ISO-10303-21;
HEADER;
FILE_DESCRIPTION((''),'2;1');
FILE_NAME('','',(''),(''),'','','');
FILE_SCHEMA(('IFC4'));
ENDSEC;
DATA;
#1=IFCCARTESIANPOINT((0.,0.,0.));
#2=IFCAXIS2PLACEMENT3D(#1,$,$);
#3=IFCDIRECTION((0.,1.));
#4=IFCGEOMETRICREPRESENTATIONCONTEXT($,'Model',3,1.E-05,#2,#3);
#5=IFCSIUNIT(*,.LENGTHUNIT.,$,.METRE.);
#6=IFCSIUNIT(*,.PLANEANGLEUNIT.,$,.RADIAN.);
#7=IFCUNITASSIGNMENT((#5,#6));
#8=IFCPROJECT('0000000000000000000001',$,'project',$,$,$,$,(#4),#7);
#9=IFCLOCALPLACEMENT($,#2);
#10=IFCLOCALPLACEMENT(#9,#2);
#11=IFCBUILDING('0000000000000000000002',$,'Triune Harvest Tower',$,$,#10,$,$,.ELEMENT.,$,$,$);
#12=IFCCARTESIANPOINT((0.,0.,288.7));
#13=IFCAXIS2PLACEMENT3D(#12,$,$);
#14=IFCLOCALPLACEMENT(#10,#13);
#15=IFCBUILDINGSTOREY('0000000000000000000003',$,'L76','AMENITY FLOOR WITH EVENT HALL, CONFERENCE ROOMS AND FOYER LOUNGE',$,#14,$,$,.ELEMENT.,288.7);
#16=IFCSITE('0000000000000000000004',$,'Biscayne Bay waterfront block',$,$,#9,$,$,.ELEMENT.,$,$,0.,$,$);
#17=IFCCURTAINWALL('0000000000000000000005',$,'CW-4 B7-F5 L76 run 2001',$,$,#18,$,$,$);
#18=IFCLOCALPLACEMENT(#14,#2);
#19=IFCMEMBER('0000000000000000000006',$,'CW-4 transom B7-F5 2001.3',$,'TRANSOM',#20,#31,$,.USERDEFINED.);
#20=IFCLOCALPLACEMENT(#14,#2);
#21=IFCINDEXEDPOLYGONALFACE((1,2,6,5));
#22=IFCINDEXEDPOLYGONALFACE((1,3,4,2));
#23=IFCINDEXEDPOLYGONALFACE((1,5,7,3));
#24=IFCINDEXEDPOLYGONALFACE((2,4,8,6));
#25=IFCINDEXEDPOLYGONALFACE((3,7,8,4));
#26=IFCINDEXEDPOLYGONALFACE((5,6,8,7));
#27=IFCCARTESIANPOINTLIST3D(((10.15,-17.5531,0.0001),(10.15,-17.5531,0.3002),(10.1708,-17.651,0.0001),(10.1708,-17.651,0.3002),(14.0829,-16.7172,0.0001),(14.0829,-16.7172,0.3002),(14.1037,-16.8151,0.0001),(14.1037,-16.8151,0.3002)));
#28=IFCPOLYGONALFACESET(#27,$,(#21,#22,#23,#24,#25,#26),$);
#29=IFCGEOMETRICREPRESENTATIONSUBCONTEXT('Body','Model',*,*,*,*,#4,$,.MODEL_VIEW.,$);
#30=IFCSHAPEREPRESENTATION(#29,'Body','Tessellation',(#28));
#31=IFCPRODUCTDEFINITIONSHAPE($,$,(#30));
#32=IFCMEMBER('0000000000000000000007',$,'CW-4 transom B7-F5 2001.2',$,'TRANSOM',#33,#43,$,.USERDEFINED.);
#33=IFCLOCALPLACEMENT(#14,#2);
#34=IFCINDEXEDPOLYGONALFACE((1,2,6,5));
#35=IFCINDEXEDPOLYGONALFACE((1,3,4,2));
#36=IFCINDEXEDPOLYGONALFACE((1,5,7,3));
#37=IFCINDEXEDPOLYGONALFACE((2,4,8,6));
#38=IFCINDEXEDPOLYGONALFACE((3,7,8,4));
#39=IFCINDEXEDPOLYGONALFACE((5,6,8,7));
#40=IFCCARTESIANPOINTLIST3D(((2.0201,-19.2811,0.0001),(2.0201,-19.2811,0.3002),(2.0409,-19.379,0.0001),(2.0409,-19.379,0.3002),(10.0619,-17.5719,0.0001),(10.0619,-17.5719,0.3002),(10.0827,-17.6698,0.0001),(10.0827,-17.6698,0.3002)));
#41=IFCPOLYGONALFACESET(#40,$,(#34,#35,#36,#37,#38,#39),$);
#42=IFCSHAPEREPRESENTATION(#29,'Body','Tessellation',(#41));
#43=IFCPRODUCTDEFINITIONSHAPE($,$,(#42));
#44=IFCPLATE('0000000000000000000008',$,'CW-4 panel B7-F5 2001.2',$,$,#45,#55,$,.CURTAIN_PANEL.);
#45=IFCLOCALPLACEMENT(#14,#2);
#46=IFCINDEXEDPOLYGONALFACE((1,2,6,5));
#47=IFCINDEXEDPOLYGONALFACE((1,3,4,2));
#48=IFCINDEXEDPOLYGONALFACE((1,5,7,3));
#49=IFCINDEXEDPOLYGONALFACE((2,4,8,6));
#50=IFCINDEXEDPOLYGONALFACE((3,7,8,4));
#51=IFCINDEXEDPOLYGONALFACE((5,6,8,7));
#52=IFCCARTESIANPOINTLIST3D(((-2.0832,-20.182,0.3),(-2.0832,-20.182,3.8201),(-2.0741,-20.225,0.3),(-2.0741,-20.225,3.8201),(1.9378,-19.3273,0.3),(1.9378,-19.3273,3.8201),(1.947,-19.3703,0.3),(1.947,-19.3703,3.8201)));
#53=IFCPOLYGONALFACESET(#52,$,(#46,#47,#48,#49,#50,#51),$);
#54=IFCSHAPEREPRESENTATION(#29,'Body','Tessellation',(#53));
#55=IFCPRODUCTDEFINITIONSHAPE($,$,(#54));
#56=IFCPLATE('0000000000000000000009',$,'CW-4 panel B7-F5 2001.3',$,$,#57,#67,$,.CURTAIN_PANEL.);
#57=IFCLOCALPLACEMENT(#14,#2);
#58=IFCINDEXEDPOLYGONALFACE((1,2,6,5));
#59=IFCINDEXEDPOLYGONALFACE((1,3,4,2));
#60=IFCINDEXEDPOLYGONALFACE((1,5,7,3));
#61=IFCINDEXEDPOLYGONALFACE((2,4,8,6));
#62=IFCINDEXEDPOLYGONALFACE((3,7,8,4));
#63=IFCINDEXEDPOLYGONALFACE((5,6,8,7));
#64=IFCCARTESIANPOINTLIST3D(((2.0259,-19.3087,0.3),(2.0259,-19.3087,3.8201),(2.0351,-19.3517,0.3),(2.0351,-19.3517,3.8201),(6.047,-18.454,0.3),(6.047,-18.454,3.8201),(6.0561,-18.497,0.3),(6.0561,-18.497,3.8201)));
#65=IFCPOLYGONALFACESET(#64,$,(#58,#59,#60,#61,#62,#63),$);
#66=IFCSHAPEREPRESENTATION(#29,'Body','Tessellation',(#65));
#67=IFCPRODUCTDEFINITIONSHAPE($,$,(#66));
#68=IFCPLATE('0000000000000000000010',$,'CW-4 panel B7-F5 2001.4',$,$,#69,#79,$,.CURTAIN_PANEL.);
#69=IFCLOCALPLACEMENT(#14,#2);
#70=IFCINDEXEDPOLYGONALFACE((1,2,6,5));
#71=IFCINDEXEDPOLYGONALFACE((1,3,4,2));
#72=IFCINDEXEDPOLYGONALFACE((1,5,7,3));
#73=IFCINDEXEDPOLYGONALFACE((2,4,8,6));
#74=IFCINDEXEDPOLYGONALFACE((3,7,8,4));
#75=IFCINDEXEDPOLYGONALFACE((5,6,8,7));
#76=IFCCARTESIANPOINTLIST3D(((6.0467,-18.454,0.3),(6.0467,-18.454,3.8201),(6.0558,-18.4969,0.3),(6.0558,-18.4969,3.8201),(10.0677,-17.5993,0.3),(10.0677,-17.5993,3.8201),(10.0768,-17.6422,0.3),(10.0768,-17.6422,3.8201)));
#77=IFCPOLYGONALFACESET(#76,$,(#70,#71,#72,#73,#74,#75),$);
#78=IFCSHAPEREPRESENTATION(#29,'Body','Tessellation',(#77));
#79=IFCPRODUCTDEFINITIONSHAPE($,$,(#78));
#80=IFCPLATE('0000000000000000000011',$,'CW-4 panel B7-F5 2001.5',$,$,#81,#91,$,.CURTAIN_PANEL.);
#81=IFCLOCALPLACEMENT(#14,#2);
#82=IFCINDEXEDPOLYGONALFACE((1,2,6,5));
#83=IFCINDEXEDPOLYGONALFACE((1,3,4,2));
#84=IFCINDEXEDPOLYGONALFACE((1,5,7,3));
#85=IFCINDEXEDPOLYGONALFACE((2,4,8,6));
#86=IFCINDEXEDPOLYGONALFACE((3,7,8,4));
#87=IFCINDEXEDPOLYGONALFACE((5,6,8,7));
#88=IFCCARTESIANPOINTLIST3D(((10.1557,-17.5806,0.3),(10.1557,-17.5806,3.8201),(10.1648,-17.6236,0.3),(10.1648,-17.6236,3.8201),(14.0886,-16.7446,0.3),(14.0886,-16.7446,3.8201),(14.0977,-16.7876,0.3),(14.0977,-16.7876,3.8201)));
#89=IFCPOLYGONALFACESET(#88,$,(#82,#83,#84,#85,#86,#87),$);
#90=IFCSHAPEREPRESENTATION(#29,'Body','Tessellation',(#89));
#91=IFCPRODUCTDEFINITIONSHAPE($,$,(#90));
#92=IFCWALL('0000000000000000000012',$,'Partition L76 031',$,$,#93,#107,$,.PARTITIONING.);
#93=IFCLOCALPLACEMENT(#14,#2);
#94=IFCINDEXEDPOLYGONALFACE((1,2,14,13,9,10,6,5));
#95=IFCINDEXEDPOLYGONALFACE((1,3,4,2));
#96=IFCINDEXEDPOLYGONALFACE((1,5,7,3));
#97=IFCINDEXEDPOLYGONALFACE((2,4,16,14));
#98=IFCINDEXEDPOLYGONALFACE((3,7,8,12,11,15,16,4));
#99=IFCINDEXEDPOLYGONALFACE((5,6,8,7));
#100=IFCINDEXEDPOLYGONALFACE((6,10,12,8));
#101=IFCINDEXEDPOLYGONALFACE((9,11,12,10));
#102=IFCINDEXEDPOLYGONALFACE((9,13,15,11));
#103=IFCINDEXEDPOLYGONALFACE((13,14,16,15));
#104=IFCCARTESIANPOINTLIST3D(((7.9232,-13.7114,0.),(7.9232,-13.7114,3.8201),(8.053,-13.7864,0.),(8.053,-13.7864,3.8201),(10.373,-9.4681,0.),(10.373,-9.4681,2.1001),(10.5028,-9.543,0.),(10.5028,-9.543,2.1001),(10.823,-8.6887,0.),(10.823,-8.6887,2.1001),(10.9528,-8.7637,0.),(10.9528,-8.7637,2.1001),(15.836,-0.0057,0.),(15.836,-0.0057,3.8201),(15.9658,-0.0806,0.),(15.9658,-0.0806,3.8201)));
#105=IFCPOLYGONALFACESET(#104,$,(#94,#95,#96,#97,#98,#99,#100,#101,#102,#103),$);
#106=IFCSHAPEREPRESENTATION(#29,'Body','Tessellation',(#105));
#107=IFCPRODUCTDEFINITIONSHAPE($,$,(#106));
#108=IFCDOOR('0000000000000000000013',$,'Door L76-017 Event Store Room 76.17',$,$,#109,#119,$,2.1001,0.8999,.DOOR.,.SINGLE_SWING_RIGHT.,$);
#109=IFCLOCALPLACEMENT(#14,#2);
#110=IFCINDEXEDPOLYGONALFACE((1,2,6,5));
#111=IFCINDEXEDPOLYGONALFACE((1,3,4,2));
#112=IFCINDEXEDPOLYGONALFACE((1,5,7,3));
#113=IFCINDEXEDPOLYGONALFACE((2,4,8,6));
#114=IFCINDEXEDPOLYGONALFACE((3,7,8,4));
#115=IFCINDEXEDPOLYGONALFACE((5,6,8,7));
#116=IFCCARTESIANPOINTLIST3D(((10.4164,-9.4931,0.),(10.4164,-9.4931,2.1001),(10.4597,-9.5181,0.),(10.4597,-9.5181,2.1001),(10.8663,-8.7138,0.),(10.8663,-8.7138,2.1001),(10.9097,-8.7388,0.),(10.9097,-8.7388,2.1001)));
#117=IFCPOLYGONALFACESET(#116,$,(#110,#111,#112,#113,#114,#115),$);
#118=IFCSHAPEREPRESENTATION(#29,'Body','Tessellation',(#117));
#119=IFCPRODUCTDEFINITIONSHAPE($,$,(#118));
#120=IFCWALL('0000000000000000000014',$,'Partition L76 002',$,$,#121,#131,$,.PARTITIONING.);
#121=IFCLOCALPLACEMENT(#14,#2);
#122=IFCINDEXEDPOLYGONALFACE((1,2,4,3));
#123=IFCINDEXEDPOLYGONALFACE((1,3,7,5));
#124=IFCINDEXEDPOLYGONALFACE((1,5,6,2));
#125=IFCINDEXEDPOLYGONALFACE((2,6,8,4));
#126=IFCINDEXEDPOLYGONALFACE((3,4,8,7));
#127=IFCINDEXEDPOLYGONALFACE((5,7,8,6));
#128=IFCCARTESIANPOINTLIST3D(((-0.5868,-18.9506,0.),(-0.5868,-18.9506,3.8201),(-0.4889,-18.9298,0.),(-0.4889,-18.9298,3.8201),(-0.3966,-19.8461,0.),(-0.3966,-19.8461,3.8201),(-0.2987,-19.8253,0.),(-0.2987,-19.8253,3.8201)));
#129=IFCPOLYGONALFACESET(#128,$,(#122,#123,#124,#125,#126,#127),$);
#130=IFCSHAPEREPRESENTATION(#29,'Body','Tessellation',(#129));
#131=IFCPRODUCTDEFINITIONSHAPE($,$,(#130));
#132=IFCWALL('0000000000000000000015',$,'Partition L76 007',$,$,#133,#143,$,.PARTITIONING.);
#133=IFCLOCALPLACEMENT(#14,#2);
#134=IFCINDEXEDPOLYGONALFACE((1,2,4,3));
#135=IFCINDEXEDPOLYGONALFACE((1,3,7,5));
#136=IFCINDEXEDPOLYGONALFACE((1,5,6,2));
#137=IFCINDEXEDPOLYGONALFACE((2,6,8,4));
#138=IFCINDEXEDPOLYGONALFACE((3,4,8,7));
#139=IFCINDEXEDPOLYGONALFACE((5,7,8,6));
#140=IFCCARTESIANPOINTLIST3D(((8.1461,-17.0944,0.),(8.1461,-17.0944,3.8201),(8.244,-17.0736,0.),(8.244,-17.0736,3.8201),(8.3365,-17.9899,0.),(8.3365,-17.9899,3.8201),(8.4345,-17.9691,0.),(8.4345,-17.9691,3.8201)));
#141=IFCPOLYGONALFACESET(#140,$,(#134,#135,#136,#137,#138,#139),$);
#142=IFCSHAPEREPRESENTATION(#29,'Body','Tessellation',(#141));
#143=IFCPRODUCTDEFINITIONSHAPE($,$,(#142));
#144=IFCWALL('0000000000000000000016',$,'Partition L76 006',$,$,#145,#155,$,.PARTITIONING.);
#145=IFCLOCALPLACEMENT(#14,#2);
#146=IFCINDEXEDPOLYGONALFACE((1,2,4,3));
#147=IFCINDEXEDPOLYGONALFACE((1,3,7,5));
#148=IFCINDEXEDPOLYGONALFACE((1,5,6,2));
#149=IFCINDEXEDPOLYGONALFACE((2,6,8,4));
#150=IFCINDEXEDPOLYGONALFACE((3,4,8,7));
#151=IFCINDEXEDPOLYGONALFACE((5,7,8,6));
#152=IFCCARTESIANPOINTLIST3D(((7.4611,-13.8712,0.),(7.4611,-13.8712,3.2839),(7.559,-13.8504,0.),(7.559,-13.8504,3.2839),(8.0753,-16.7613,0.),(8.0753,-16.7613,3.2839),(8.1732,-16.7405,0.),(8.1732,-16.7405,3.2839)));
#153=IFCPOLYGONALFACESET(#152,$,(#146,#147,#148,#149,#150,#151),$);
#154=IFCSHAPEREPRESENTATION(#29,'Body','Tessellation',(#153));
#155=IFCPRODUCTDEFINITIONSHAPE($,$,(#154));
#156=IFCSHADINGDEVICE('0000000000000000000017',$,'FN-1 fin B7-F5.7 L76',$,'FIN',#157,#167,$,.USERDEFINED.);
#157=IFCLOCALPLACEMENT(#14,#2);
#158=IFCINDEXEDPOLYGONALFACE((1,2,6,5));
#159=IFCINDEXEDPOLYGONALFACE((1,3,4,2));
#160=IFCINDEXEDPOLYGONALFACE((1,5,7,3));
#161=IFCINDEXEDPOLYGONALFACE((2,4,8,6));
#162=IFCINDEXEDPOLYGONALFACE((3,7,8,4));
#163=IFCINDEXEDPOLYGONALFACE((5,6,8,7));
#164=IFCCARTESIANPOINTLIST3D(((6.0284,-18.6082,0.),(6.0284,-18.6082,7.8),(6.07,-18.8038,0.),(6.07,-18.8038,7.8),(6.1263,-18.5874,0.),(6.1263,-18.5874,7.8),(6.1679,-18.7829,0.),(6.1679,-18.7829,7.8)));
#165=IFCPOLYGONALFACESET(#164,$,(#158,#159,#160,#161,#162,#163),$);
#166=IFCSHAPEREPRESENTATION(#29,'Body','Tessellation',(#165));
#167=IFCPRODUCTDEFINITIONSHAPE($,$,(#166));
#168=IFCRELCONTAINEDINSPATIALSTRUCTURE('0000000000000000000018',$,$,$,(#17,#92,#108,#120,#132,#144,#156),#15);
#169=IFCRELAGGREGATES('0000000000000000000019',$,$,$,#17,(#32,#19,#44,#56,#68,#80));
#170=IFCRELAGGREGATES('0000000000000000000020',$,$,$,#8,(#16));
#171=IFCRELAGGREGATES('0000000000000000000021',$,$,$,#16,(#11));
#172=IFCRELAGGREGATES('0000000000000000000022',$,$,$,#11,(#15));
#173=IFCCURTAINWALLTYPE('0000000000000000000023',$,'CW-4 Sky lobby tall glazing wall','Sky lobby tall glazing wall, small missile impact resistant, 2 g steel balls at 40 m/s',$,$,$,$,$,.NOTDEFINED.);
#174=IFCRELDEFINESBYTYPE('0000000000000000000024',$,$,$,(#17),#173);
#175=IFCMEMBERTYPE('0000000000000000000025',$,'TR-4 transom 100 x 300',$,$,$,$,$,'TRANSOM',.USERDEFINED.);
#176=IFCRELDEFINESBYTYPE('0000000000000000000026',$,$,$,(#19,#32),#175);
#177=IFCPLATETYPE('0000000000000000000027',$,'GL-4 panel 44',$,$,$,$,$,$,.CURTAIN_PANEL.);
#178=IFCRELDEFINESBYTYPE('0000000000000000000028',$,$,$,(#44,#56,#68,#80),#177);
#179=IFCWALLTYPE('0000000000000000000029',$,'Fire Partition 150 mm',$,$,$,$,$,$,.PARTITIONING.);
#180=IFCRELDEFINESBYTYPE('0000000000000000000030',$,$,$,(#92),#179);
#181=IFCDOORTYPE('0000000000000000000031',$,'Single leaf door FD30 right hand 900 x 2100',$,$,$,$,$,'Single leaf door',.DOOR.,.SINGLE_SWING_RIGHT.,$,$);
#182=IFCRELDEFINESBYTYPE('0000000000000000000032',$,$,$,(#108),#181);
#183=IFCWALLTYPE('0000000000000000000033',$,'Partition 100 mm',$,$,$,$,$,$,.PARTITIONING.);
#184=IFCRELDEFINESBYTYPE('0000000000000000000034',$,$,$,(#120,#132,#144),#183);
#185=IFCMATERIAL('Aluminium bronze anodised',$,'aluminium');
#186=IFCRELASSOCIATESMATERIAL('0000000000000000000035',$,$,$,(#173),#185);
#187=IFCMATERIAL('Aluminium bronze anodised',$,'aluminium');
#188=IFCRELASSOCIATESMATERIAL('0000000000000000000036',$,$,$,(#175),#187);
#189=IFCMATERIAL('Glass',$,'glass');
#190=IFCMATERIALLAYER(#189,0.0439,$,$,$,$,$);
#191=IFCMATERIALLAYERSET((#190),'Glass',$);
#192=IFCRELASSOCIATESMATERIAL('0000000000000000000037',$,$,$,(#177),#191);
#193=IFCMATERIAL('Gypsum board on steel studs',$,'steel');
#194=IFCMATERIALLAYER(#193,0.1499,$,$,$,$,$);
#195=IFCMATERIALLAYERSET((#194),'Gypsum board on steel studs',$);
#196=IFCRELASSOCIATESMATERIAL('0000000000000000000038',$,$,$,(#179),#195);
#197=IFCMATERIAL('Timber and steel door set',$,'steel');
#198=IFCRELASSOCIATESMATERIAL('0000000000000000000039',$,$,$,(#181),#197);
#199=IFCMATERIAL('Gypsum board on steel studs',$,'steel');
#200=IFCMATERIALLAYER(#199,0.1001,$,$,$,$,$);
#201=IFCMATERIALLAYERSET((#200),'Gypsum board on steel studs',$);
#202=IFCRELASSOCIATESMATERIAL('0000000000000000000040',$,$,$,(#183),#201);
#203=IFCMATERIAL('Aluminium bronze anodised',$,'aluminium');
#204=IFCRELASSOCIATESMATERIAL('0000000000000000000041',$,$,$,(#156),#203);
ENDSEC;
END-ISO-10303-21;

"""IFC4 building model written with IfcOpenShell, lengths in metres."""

from ifc_helpers import new_model, si_unit, direction, frame, frame_2d, origin, origin_2d, place, context, subcontext, project, spatial, rectangle, extrude, source, transform, mapped, material, layer, layer_set, material_profile, profile_set, type_object, element, fill, aggregate, save


model = new_model("IFC4")

# Units and contexts
model_context = context("Model", 3, precision=1e-05, world=origin(), true_north=direction((0.0, 1.0)))
body_context = subcontext(model_context, "Body", "Model", "MODEL_VIEW")
ifc_project = project(units=[si_unit("LENGTHUNIT", "METRE"), si_unit("PLANEANGLEUNIT", "RADIAN")], contexts=[model_context])

# Site, building, storey
site_placement = place(None, origin())
site = spatial("IfcSite", under=ifc_project, at=site_placement, Name="Biscayne Bay waterfront block", CompositionType="ELEMENT", RefElevation=0.0)
building_placement = place(site_placement, origin())
building = spatial("IfcBuilding", under=site, at=building_placement, Name="Triune Harvest Tower", CompositionType="ELEMENT")
storey_placement = place(building_placement, frame((0.0, 0.0, 288.7)))
storey = spatial("IfcBuildingStorey", under=building, at=storey_placement, Name="L76", Description="AMENITY FLOOR WITH EVENT HALL, CONFERENCE ROOMS AND FOYER LOUNGE", CompositionType="ELEMENT", Elevation=288.7)

# Curtain wall, members, plates
ifc_material_1 = material(Name="Aluminium bronze anodised", Category="aluminium")
curtain_wall_type = type_object("IfcCurtainWallType", Name="CW-4 Sky lobby tall glazing wall", Description="Sky lobby tall glazing wall, small missile impact resistant, 2 g steel balls at 40 m/s", PredefinedType="NOTDEFINED", material=ifc_material_1)
curtain_wall_placement = place(storey_placement, origin())
curtain_wall = element("IfcCurtainWall", 1, at=curtain_wall_placement, inside=storey, type_object=curtain_wall_type, Name="CW-4 B7-F5 L76 run 2001")
ifc_material_2 = material(Name="Aluminium bronze anodised", Category="aluminium")
ifc_material_profile_1 = material_profile(ifc_material_2, rectangle(XDim=0.1001, YDim=0.3, at=origin_2d()), Name="TR-4 transom 100 x 300")
ifc_profile_set_1 = profile_set([ifc_material_profile_1], Name="Aluminium bronze anodised")
member_type_1 = type_object("IfcMemberType", Name="TR-4 transom 100 x 300", ElementType="TRANSOM", PredefinedType="USERDEFINED", material=ifc_profile_set_1)
shared_shape_1 = source(origin(), body_context, "Body", "SweptSolid", [
    extrude(rectangle(XDim=0.1001, YDim=0.3, at=origin_2d()), origin(), (0.0, 0.0, 1.0), 4.0208),
])
member_1_placement = place(storey_placement, frame((10.1604, -17.6021, 0.1501), z_axis=(0.978149, 0.207907, 0.0), x_axis=(-0.207907, 0.978149, 0.0)))
member_1 = element("IfcMember", 2, at=member_1_placement, type_object=member_type_1, Name="CW-4 transom B7-F5 2001.3", ObjectType="TRANSOM", PredefinedType="USERDEFINED", context=body_context, shape_type="MappedRepresentation", body=[
    mapped(shared_shape_1, transform((0.0, 0.0, 0.0), scale=1.0)),
])
shared_shape_2 = source(origin(), body_context, "Body", "SweptSolid", [
    extrude(rectangle(XDim=0.1001, YDim=0.3, at=origin_2d()), origin(), (0.0, 0.0, 1.0), 8.2214),
])
member_2_placement = place(storey_placement, frame((2.0305, -19.3301, 0.1501), z_axis=(0.97815, 0.2079, 0.0), x_axis=(-0.2079, 0.97815, 0.0)))
member_2 = element("IfcMember", 3, at=member_2_placement, type_object=member_type_1, Name="CW-4 transom B7-F5 2001.2", ObjectType="TRANSOM", PredefinedType="USERDEFINED", context=body_context, shape_type="MappedRepresentation", body=[
    mapped(shared_shape_2, transform((0.0, 0.0, 0.0), scale=1.0)),
])
ifc_material_3 = material(Name="Glass", Category="glass")
ifc_layer_1 = layer(ifc_material_3, 0.0439)
ifc_layer_set_1 = layer_set([ifc_layer_1], Name="Glass")
plate_type = type_object("IfcPlateType", Name="GL-4 panel 44", PredefinedType="CURTAIN_PANEL", material=ifc_layer_set_1)
shared_shape_3 = source(origin(), body_context, "Body", "SweptSolid", [
    extrude(rectangle(XDim=4.1108, YDim=0.0439, at=origin_2d()), origin(), (0.0, 0.0, 1.0), 3.52),
])
plate_1_placement = place(storey_placement, frame((-0.0681, -19.7761, 0.3), z_axis=(0.0, 0.0, 1.0), x_axis=(0.978147, 0.207913, 0.0)))
plate_1 = element("IfcPlate", 4, at=plate_1_placement, type_object=plate_type, Name="CW-4 panel B7-F5 2001.2", PredefinedType="CURTAIN_PANEL", context=body_context, shape_type="MappedRepresentation", body=[
    mapped(shared_shape_3, transform((0.0, 0.0, 0.0), scale=1.0)),
])
plate_2_placement = place(storey_placement, frame((4.041, -18.9028, 0.3), z_axis=(0.0, 0.0, 1.0), x_axis=(0.978147, 0.207913, 0.0)))
plate_2 = element("IfcPlate", 5, at=plate_2_placement, type_object=plate_type, Name="CW-4 panel B7-F5 2001.3", PredefinedType="CURTAIN_PANEL", context=body_context, shape_type="MappedRepresentation", body=[
    mapped(shared_shape_3, transform((0.0, 0.0, 0.0), scale=1.0)),
])
plate_3_placement = place(storey_placement, frame((8.0618, -18.0481, 0.3), z_axis=(0.0, 0.0, 1.0), x_axis=(0.978147, 0.207913, 0.0)))
plate_3 = element("IfcPlate", 6, at=plate_3_placement, type_object=plate_type, Name="CW-4 panel B7-F5 2001.4", PredefinedType="CURTAIN_PANEL", context=body_context, shape_type="MappedRepresentation", body=[
    mapped(shared_shape_3, transform((0.0, 0.0, 0.0), scale=1.0)),
])
shared_shape_4 = source(origin(), body_context, "Body", "SweptSolid", [
    extrude(rectangle(XDim=4.0208, YDim=0.0439, at=origin_2d()), origin(), (0.0, 0.0, 1.0), 3.52),
])
plate_4_placement = place(storey_placement, frame((12.1267, -17.1841, 0.3), z_axis=(0.0, 0.0, 1.0), x_axis=(0.978147, 0.207913, 0.0)))
plate_4 = element("IfcPlate", 7, at=plate_4_placement, type_object=plate_type, Name="CW-4 panel B7-F5 2001.5", PredefinedType="CURTAIN_PANEL", context=body_context, shape_type="MappedRepresentation", body=[
    mapped(shared_shape_4, transform((0.0, 0.0, 0.0), scale=1.0)),
])
aggregate(curtain_wall, [member_2, member_1, plate_1, plate_2, plate_3, plate_4])

# Wall, opening, door
ifc_material_4 = material(Name="Gypsum board on steel studs", Category="steel")
ifc_layer_2 = layer(ifc_material_4, 0.1499)
ifc_layer_set_2 = layer_set([ifc_layer_2], Name="Gypsum board on steel studs")
wall_type_1 = type_object("IfcWallType", Name="Fire Partition 150 mm", PredefinedType="PARTITIONING", material=ifc_layer_set_2)
wall_1_placement = place(storey_placement, frame((7.988, -13.749, 0.0), z_axis=(0.0, 0.0, 1.0), x_axis=(0.49999, 0.866031, 0.0)))
wall_1 = element("IfcWall", 8, at=wall_1_placement, inside=storey, type_object=wall_type_1, Name="Partition L76 031", PredefinedType="PARTITIONING", context=body_context, shape_type="SweptSolid", body=[
    extrude(rectangle(XDim=15.8259, YDim=0.1499, at=frame_2d((7.9131, 0.0))), origin(), (0.0, 0.0, 1.0), 3.8201),
])
opening_placement = place(wall_1_placement, frame((4.8999, 0.0, 0.0)))
opening = element("IfcOpeningElement", 9, at=opening_placement, cuts=wall_1, PredefinedType="OPENING", context=body_context, shape_type="SweptSolid", body=[
    extrude(rectangle(XDim=0.8999, YDim=2.1001, at=frame_2d((0.45, 1.05))), frame((0.0, 0.085, 0.0), z_axis=(0.0, -1.0, 0.0), x_axis=(1.0, 0.0, 0.0)), (0.0, 0.0, 1.0), 0.1699),
])
ifc_material_5 = material(Name="Timber and steel door set", Category="steel")
door_type = type_object("IfcDoorType", Name="Single leaf door FD30 right hand 900 x 2100", ElementType="Single leaf door", OperationType="SINGLE_SWING_RIGHT", PredefinedType="DOOR", material=ifc_material_5)
door_placement = place(opening_placement, origin())
door = element("IfcDoor", 10, at=door_placement, inside=storey, type_object=door_type, Name="Door L76-017 Event Store Room 76.17", OperationType="SINGLE_SWING_RIGHT", OverallHeight=2.1001, OverallWidth=0.8999, PredefinedType="DOOR", context=body_context, shape_type="SweptSolid", body=[
    extrude(rectangle(XDim=0.8999, YDim=2.1001, at=frame_2d((0.45, 1.05))), frame((0.0, 0.0249, 0.0), z_axis=(0.0, -1.0, 0.0), x_axis=(1.0, 0.0, 0.0)), (0.0, 0.0, 1.0), 0.05),
])
fill(opening, door)

# Walls
ifc_material_6 = material(Name="Gypsum board on steel studs", Category="steel")
ifc_layer_3 = layer(ifc_material_6, 0.1001)
ifc_layer_set_3 = layer_set([ifc_layer_3], Name="Gypsum board on steel studs")
wall_type_2 = type_object("IfcWallType", Name="Partition 100 mm", PredefinedType="PARTITIONING", material=ifc_layer_set_3)
shared_shape_5 = source(origin(), body_context, "Body", "SweptSolid", [
    extrude(rectangle(XDim=0.9155, YDim=0.1001, at=frame_2d((0.4578, 0.0))), origin(), (0.0, 0.0, 1.0), 3.8201),
])
for number, where, z_axis, x_axis, name in (
    (11, (-0.5378, -18.9402, 0.0), (0.0, 0.0, 1.0), (0.207744, -0.978183, 0.0), "Partition L76 002"),
    (12, (8.1951, -17.084, 0.0), (0.0, 0.0, 1.0), (0.207999, -0.978129, 0.0), "Partition L76 007"),
):
    element("IfcWall", number, at=place(storey_placement, frame(where, z_axis=z_axis, x_axis=x_axis)), inside=storey, type_object=wall_type_2, Name=name, PredefinedType="PARTITIONING", context=body_context, shape_type="MappedRepresentation", body=[
        mapped(shared_shape_5, transform((0.0, 0.0, 0.0), scale=1.0)),
    ])
shared_shape_6 = source(origin(), body_context, "Body", "SweptSolid", [
    extrude(rectangle(XDim=2.9546, YDim=0.1001, at=frame_2d((1.4773, 0.0))), origin(), (0.0, 0.0, 1.0), 3.2839),
])
wall_2_placement = place(storey_placement, frame((7.51, -13.8608, 0.0), z_axis=(0.0, 0.0, 1.0), x_axis=(0.207892, -0.978152, 0.0)))
element("IfcWall", 13, at=wall_2_placement, inside=storey, type_object=wall_type_2, Name="Partition L76 006", PredefinedType="PARTITIONING", context=body_context, shape_type="MappedRepresentation", body=[
    mapped(shared_shape_6, transform((0.0, 0.0, 0.0), scale=1.0)),
])

# Shading device
ifc_material_7 = material(Name="Aluminium bronze anodised", Category="aluminium")
shared_shape_7 = source(origin(), body_context, "Body", "SweptSolid", [
    extrude(rectangle(XDim=0.1001, YDim=0.2, at=origin_2d()), origin(), (0.0, 0.0, 1.0), 7.8),
])
shading_device_placement = place(storey_placement, frame((6.0981, -18.6956, 0.0), z_axis=(0.0, 0.0, 1.0), x_axis=(0.978148, 0.207911, 0.0)))
element("IfcShadingDevice", 14, at=shading_device_placement, inside=storey, material=ifc_material_7, Name="FN-1 fin B7-F5.7 L76", ObjectType="FIN", PredefinedType="USERDEFINED", context=body_context, shape_type="MappedRepresentation", body=[
    mapped(shared_shape_7, transform((0.0, 0.0, 0.0), scale=1.0)),
])

save(model, "model.ifc")
